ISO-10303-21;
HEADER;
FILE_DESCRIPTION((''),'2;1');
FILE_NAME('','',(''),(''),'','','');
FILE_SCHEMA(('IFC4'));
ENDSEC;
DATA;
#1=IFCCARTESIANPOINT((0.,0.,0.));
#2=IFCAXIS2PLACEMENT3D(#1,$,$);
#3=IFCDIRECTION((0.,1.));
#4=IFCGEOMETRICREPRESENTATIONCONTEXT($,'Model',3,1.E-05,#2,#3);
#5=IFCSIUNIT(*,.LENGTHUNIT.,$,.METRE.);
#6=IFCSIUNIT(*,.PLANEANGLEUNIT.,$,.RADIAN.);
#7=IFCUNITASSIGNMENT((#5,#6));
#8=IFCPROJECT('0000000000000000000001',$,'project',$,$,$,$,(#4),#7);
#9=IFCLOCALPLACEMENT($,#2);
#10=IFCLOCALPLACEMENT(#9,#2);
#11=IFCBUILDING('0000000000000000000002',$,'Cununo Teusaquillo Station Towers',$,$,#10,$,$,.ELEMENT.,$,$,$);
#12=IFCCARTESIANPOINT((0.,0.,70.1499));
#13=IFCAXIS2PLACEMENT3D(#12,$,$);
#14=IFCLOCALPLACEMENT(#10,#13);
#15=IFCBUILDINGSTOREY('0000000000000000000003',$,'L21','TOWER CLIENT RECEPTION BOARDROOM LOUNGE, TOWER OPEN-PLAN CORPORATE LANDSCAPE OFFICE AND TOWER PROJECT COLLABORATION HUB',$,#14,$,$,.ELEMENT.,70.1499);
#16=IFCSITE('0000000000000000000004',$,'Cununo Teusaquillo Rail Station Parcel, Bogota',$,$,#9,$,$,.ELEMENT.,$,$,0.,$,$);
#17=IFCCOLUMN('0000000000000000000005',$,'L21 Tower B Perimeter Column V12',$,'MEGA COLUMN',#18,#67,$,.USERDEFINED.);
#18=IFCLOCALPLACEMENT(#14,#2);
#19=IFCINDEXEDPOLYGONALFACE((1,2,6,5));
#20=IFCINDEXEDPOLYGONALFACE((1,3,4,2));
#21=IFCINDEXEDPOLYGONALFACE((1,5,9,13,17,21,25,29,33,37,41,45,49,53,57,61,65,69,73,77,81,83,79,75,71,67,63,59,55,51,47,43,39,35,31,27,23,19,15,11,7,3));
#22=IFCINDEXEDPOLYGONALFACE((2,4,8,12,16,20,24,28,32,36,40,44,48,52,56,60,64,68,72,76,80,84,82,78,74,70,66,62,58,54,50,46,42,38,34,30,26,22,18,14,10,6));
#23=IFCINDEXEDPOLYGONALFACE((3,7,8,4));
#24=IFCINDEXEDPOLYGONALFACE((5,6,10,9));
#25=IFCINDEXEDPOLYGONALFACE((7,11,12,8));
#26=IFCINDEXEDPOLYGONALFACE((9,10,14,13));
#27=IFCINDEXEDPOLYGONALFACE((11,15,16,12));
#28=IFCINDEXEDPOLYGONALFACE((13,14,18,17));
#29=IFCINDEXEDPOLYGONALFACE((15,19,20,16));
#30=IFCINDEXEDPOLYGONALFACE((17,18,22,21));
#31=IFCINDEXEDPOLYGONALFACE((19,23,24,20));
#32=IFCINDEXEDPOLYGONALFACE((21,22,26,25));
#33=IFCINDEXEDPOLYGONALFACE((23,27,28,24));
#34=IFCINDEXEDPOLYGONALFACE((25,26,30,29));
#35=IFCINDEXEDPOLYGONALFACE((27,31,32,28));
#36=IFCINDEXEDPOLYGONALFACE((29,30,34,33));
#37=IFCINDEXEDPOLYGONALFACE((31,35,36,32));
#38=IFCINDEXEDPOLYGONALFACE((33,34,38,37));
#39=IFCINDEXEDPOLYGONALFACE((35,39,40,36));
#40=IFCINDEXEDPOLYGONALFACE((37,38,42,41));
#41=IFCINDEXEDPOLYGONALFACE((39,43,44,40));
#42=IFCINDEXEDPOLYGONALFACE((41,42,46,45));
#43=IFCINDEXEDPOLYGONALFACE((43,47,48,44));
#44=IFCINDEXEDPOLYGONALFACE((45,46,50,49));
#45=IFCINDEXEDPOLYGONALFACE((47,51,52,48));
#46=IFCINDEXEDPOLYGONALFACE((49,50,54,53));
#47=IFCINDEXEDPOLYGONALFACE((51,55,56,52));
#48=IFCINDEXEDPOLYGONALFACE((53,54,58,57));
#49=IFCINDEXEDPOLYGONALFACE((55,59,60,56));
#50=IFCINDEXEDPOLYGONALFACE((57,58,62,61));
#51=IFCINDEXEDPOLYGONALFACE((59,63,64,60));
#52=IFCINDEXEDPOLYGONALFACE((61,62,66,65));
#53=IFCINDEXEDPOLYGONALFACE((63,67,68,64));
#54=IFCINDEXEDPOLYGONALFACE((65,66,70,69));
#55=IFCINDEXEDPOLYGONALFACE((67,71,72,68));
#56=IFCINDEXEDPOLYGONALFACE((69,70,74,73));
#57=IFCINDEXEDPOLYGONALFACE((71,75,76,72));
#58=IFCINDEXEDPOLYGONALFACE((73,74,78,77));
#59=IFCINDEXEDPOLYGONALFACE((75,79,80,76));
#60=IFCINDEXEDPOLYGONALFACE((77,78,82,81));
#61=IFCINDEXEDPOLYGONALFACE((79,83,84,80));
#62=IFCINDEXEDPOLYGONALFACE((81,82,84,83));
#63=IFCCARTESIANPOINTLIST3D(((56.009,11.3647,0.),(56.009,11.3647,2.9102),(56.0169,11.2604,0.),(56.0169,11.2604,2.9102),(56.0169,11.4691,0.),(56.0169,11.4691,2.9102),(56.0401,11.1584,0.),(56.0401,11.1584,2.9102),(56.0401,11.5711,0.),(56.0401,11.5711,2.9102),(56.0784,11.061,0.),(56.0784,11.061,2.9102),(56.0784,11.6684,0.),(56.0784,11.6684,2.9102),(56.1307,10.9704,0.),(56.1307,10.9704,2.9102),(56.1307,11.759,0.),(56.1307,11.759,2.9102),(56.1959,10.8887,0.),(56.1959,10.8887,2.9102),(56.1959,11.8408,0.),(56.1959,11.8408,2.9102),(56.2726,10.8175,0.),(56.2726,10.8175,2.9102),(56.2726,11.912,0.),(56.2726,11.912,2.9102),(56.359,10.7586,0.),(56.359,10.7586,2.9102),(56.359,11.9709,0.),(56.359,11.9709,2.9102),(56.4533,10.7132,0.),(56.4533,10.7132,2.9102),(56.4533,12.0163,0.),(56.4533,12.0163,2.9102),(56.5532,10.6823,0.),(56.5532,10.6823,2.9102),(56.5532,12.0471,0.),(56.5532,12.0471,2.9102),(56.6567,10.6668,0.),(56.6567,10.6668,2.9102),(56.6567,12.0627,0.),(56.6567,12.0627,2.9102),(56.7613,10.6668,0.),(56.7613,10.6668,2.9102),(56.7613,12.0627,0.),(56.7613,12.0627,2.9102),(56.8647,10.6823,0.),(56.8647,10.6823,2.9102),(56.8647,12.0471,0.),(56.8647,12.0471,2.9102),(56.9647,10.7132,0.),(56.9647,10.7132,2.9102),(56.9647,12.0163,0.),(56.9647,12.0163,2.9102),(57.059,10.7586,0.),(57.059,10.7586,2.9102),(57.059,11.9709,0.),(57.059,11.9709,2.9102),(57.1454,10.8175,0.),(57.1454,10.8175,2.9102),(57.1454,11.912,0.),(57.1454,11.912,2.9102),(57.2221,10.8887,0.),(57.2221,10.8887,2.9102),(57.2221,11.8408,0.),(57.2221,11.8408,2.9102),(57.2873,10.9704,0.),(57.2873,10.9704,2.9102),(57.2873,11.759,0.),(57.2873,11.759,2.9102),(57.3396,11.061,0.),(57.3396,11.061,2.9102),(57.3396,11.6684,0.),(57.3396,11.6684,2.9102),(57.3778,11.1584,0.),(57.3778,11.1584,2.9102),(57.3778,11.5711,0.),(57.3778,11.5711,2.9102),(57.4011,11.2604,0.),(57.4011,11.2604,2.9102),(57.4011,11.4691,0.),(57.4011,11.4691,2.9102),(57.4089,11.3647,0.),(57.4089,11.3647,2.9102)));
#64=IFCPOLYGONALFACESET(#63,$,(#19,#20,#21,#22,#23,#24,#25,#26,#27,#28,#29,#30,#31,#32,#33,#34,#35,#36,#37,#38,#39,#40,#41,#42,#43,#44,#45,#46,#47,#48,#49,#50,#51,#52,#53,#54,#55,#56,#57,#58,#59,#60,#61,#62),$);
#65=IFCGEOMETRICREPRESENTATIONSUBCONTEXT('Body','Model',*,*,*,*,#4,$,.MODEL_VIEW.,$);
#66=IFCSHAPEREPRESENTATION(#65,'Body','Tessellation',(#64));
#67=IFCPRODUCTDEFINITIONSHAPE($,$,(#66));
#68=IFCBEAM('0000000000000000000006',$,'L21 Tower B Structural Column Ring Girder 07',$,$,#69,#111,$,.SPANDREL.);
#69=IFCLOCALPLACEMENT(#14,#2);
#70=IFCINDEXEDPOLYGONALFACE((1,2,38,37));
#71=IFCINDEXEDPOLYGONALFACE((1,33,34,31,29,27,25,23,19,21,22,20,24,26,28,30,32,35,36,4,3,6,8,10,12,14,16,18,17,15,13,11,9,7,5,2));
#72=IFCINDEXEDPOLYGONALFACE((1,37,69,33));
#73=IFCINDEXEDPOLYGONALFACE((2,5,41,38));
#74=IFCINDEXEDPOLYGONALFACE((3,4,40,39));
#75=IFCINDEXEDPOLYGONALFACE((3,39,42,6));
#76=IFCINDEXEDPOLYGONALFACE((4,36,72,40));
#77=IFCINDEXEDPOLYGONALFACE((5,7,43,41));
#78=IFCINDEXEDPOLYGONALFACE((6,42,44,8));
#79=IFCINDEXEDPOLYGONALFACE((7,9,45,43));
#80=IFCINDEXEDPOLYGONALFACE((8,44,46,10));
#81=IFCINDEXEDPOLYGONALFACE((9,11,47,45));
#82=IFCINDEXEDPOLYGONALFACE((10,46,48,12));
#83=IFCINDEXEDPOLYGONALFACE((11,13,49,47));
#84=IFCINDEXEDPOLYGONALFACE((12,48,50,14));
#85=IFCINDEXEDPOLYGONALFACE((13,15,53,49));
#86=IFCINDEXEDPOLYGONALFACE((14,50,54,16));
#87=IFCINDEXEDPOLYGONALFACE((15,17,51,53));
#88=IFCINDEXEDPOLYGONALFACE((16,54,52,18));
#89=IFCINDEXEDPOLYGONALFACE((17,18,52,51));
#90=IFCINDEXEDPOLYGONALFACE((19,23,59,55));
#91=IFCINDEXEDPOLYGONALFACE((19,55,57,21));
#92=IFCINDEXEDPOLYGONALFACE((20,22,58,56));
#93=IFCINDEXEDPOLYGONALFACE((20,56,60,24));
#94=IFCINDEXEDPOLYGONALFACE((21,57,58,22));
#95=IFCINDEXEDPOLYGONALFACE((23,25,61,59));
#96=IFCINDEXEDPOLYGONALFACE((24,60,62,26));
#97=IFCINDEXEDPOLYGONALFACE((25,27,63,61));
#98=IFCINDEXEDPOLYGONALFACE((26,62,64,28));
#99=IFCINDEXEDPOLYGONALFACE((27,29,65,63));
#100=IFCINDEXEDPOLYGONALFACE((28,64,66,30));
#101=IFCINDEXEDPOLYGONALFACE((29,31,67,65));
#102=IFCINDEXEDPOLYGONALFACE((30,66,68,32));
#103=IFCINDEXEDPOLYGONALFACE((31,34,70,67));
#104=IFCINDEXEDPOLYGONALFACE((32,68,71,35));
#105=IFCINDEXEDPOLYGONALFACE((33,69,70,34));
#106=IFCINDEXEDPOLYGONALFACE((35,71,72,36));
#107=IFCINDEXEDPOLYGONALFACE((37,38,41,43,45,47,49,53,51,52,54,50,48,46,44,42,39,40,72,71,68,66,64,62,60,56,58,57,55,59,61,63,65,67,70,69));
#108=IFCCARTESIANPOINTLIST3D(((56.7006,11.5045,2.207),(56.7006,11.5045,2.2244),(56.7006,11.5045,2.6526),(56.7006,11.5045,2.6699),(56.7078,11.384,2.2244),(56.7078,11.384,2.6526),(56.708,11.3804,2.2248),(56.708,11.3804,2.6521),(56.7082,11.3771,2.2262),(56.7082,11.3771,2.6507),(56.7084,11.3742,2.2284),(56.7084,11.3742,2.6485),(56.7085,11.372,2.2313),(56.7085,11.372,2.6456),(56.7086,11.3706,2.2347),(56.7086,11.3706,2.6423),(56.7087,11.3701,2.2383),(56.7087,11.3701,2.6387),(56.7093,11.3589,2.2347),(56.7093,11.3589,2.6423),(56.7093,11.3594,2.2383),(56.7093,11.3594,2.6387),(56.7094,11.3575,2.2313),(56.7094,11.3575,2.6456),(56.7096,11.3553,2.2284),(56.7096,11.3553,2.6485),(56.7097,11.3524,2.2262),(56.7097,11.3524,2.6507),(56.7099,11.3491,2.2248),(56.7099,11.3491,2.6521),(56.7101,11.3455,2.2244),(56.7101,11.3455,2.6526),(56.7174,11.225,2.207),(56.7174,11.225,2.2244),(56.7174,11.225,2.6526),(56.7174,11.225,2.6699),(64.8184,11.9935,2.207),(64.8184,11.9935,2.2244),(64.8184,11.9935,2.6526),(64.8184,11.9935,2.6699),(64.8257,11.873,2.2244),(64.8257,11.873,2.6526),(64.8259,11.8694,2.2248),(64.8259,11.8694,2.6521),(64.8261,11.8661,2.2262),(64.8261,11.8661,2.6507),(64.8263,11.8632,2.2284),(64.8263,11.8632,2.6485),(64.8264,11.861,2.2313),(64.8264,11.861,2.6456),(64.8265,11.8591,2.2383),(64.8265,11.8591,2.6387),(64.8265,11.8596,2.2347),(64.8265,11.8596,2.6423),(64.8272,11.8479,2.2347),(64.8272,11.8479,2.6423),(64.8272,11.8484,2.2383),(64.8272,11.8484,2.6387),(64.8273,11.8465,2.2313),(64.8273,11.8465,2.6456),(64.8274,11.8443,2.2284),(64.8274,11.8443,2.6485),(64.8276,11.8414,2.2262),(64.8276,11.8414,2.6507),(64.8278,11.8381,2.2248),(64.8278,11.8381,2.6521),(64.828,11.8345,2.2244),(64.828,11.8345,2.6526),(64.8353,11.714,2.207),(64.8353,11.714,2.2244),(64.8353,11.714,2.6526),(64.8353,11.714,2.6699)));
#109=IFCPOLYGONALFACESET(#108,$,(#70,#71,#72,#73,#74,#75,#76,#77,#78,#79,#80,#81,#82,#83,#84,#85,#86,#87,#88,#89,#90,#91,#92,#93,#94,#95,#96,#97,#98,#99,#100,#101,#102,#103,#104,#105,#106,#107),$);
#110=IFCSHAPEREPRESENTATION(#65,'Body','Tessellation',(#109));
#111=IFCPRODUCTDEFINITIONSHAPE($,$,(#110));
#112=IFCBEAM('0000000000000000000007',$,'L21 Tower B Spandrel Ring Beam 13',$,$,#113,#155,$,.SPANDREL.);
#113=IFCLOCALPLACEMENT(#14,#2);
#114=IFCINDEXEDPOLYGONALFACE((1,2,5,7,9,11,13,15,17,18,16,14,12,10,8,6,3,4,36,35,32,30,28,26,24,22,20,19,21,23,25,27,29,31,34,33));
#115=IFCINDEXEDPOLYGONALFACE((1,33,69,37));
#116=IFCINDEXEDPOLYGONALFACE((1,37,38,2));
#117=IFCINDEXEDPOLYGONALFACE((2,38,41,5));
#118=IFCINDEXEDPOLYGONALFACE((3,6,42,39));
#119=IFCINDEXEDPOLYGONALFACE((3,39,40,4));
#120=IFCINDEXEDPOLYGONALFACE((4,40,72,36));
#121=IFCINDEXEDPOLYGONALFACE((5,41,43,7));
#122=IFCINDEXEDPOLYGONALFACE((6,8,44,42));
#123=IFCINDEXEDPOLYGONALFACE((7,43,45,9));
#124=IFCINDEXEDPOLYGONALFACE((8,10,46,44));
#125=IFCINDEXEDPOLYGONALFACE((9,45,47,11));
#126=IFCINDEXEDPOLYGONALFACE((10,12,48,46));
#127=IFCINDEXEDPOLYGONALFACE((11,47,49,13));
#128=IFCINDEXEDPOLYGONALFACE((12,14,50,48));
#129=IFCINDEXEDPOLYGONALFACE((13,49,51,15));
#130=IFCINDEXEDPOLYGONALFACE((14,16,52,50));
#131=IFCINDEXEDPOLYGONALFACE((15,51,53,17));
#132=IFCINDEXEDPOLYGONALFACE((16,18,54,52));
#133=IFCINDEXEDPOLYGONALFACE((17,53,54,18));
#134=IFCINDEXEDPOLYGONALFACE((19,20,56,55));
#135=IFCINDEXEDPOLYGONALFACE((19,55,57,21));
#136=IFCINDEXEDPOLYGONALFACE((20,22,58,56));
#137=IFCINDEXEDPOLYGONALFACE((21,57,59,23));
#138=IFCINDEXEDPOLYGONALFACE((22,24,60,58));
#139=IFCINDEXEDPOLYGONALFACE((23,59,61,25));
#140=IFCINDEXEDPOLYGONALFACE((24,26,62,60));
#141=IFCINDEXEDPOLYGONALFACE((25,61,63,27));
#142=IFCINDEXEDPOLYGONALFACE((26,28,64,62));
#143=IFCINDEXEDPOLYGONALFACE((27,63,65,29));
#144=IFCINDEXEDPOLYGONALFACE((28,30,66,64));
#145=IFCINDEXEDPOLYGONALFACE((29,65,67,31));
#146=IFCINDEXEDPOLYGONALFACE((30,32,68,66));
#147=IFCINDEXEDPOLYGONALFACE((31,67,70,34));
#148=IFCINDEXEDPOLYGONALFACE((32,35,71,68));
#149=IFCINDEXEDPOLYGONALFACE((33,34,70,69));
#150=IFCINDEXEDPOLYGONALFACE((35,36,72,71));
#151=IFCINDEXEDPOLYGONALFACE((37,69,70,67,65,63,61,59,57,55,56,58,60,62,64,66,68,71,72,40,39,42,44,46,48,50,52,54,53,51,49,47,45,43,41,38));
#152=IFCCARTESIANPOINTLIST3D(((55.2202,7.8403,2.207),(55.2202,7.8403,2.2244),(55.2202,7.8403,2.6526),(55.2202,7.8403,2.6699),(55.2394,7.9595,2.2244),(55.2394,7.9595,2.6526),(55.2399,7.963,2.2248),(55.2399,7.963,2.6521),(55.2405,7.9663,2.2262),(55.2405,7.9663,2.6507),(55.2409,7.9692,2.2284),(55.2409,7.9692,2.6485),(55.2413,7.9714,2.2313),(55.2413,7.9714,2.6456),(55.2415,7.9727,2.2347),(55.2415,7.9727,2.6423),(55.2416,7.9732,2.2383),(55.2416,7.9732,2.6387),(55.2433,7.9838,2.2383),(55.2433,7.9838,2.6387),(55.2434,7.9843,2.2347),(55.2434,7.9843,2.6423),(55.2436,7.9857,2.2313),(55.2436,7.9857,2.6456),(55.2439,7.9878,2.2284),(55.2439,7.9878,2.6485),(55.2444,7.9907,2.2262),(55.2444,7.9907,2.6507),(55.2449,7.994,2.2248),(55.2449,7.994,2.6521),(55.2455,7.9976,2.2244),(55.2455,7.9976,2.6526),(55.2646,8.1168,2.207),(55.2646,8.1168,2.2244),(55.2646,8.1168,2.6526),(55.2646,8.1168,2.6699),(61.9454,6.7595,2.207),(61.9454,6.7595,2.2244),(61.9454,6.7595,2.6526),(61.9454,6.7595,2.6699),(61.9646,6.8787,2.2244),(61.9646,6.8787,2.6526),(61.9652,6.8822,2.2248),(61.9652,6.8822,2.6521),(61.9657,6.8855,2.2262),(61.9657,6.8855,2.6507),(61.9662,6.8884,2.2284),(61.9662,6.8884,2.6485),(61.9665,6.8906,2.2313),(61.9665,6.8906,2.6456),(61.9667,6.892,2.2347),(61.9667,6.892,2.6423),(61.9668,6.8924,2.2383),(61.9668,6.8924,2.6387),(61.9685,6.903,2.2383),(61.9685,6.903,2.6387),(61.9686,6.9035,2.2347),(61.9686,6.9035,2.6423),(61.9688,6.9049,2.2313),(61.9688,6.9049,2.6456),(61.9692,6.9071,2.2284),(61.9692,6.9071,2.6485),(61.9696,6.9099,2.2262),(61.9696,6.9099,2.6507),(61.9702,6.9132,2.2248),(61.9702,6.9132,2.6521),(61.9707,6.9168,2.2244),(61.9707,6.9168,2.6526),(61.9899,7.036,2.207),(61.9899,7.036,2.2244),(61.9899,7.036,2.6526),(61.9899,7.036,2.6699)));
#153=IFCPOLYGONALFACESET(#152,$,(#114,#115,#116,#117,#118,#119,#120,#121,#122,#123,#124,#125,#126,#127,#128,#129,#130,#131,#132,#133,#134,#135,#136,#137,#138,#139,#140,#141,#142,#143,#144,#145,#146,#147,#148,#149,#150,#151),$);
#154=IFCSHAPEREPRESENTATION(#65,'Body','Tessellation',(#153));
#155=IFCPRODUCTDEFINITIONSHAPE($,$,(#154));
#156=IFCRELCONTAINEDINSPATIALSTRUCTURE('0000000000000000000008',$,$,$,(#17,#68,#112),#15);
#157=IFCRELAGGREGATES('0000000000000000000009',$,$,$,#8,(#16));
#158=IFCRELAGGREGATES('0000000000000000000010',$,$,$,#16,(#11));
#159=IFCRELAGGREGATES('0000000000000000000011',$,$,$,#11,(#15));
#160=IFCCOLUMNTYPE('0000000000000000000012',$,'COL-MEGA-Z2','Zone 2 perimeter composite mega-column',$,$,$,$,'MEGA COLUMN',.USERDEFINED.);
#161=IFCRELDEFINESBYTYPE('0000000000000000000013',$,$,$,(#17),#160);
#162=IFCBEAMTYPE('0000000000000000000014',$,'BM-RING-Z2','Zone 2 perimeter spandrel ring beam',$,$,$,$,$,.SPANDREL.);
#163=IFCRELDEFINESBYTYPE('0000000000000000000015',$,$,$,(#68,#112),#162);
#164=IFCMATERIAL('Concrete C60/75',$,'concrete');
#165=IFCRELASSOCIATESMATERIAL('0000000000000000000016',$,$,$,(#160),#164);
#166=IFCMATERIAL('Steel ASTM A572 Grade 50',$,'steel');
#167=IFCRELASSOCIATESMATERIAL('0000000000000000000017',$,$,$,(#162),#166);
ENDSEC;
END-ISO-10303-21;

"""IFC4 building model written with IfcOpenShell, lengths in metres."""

from ifc_helpers import new_model, si_unit, direction, frame, origin, origin_2d, place, context, subcontext, project, spatial, circle, i_section, extrude, material, material_profile, profile_set, type_object, element, save


model = new_model("IFC4")

# Units and contexts
model_context = context("Model", 3, precision=1e-05, world=origin(), true_north=direction((0.0, 1.0)))
body_context = subcontext(model_context, "Body", "Model", "MODEL_VIEW")
ifc_project = project(units=[si_unit("LENGTHUNIT", "METRE"), si_unit("PLANEANGLEUNIT", "RADIAN")], contexts=[model_context])

# Site, building, storey
site_placement = place(None, origin())
site = spatial("IfcSite", under=ifc_project, at=site_placement, Name="Cununo Teusaquillo Rail Station Parcel, Bogota", CompositionType="ELEMENT", RefElevation=0.0)
building_placement = place(site_placement, origin())
building = spatial("IfcBuilding", under=site, at=building_placement, Name="Cununo Teusaquillo Station Towers", CompositionType="ELEMENT")
storey_placement = place(building_placement, frame((0.0, 0.0, 70.1499)))
storey = spatial("IfcBuildingStorey", under=building, at=storey_placement, Name="L21", Description="TOWER CLIENT RECEPTION BOARDROOM LOUNGE, TOWER OPEN-PLAN CORPORATE LANDSCAPE OFFICE AND TOWER PROJECT COLLABORATION HUB", CompositionType="ELEMENT", Elevation=70.1499)

# Column
ifc_material_1 = material(Name="Concrete C60/75", Category="concrete")
ifc_material_profile_1 = material_profile(ifc_material_1, circle(Radius=0.7, at=origin_2d()), Name="RC-CIRC-1400")
ifc_profile_set_1 = profile_set([ifc_material_profile_1], Name="Concrete C60/75")
column_type = type_object("IfcColumnType", Name="COL-MEGA-Z2", Description="Zone 2 perimeter composite mega-column", ElementType="MEGA COLUMN", PredefinedType="USERDEFINED", material=ifc_profile_set_1)
column_placement = place(storey_placement, frame((56.709, 11.3647, 0.0), z_axis=(0.0, 0.0, 1.0), x_axis=(1.0, 0.0, 0.0)))
element("IfcColumn", 1, at=column_placement, inside=storey, type_object=column_type, Name="L21 Tower B Perimeter Column V12", ObjectType="MEGA COLUMN", PredefinedType="USERDEFINED", context=body_context, shape_type="SweptSolid", body=[
    extrude(circle(Radius=0.7, at=origin_2d()), origin(), (0.0, 0.0, 1.0), 2.9102),
])

# Beams
ifc_material_2 = material(Name="Steel ASTM A572 Grade 50", Category="steel")
ifc_material_profile_2 = material_profile(ifc_material_2, i_section(OverallWidth=0.28, OverallDepth=0.4629, WebThickness=0.0107, FlangeThickness=0.0173, FilletRadius=0.0139, at=origin_2d()), Name="W18X76")
ifc_profile_set_2 = profile_set([ifc_material_profile_2], Name="Steel ASTM A572 Grade 50")
beam_type = type_object("IfcBeamType", Name="BM-RING-Z2", Description="Zone 2 perimeter spandrel ring beam", PredefinedType="SPANDREL", material=ifc_profile_set_2)
beam_1_placement = place(storey_placement, frame((56.709, 11.3647, 2.4385), z_axis=(0.998191, 0.06013, 0.0), x_axis=(-0.06013, 0.998191, 0.0)))
element("IfcBeam", 2, at=beam_1_placement, inside=storey, type_object=beam_type, Name="L21 Tower B Structural Column Ring Girder 07", PredefinedType="SPANDREL", context=body_context, shape_type="SweptSolid", body=[
    extrude(i_section(OverallWidth=0.28, OverallDepth=0.4629, WebThickness=0.0107, FlangeThickness=0.0173, FilletRadius=0.0139, at=origin_2d()), origin(), (0.0, 0.0, 1.0), 8.1326),
])
beam_2_placement = place(storey_placement, frame((55.2424, 7.9785, 2.4385), z_axis=(0.987331, -0.158671, 0.0), x_axis=(0.158671, 0.987331, 0.0)))
element("IfcBeam", 3, at=beam_2_placement, inside=storey, type_object=beam_type, Name="L21 Tower B Spandrel Ring Beam 13", PredefinedType="SPANDREL", context=body_context, shape_type="SweptSolid", body=[
    extrude(i_section(OverallWidth=0.28, OverallDepth=0.4629, WebThickness=0.0107, FlangeThickness=0.0173, FilletRadius=0.0139, at=origin_2d()), origin(), (0.0, 0.0, 1.0), 6.8115),
])

save(model, "model.ifc")
